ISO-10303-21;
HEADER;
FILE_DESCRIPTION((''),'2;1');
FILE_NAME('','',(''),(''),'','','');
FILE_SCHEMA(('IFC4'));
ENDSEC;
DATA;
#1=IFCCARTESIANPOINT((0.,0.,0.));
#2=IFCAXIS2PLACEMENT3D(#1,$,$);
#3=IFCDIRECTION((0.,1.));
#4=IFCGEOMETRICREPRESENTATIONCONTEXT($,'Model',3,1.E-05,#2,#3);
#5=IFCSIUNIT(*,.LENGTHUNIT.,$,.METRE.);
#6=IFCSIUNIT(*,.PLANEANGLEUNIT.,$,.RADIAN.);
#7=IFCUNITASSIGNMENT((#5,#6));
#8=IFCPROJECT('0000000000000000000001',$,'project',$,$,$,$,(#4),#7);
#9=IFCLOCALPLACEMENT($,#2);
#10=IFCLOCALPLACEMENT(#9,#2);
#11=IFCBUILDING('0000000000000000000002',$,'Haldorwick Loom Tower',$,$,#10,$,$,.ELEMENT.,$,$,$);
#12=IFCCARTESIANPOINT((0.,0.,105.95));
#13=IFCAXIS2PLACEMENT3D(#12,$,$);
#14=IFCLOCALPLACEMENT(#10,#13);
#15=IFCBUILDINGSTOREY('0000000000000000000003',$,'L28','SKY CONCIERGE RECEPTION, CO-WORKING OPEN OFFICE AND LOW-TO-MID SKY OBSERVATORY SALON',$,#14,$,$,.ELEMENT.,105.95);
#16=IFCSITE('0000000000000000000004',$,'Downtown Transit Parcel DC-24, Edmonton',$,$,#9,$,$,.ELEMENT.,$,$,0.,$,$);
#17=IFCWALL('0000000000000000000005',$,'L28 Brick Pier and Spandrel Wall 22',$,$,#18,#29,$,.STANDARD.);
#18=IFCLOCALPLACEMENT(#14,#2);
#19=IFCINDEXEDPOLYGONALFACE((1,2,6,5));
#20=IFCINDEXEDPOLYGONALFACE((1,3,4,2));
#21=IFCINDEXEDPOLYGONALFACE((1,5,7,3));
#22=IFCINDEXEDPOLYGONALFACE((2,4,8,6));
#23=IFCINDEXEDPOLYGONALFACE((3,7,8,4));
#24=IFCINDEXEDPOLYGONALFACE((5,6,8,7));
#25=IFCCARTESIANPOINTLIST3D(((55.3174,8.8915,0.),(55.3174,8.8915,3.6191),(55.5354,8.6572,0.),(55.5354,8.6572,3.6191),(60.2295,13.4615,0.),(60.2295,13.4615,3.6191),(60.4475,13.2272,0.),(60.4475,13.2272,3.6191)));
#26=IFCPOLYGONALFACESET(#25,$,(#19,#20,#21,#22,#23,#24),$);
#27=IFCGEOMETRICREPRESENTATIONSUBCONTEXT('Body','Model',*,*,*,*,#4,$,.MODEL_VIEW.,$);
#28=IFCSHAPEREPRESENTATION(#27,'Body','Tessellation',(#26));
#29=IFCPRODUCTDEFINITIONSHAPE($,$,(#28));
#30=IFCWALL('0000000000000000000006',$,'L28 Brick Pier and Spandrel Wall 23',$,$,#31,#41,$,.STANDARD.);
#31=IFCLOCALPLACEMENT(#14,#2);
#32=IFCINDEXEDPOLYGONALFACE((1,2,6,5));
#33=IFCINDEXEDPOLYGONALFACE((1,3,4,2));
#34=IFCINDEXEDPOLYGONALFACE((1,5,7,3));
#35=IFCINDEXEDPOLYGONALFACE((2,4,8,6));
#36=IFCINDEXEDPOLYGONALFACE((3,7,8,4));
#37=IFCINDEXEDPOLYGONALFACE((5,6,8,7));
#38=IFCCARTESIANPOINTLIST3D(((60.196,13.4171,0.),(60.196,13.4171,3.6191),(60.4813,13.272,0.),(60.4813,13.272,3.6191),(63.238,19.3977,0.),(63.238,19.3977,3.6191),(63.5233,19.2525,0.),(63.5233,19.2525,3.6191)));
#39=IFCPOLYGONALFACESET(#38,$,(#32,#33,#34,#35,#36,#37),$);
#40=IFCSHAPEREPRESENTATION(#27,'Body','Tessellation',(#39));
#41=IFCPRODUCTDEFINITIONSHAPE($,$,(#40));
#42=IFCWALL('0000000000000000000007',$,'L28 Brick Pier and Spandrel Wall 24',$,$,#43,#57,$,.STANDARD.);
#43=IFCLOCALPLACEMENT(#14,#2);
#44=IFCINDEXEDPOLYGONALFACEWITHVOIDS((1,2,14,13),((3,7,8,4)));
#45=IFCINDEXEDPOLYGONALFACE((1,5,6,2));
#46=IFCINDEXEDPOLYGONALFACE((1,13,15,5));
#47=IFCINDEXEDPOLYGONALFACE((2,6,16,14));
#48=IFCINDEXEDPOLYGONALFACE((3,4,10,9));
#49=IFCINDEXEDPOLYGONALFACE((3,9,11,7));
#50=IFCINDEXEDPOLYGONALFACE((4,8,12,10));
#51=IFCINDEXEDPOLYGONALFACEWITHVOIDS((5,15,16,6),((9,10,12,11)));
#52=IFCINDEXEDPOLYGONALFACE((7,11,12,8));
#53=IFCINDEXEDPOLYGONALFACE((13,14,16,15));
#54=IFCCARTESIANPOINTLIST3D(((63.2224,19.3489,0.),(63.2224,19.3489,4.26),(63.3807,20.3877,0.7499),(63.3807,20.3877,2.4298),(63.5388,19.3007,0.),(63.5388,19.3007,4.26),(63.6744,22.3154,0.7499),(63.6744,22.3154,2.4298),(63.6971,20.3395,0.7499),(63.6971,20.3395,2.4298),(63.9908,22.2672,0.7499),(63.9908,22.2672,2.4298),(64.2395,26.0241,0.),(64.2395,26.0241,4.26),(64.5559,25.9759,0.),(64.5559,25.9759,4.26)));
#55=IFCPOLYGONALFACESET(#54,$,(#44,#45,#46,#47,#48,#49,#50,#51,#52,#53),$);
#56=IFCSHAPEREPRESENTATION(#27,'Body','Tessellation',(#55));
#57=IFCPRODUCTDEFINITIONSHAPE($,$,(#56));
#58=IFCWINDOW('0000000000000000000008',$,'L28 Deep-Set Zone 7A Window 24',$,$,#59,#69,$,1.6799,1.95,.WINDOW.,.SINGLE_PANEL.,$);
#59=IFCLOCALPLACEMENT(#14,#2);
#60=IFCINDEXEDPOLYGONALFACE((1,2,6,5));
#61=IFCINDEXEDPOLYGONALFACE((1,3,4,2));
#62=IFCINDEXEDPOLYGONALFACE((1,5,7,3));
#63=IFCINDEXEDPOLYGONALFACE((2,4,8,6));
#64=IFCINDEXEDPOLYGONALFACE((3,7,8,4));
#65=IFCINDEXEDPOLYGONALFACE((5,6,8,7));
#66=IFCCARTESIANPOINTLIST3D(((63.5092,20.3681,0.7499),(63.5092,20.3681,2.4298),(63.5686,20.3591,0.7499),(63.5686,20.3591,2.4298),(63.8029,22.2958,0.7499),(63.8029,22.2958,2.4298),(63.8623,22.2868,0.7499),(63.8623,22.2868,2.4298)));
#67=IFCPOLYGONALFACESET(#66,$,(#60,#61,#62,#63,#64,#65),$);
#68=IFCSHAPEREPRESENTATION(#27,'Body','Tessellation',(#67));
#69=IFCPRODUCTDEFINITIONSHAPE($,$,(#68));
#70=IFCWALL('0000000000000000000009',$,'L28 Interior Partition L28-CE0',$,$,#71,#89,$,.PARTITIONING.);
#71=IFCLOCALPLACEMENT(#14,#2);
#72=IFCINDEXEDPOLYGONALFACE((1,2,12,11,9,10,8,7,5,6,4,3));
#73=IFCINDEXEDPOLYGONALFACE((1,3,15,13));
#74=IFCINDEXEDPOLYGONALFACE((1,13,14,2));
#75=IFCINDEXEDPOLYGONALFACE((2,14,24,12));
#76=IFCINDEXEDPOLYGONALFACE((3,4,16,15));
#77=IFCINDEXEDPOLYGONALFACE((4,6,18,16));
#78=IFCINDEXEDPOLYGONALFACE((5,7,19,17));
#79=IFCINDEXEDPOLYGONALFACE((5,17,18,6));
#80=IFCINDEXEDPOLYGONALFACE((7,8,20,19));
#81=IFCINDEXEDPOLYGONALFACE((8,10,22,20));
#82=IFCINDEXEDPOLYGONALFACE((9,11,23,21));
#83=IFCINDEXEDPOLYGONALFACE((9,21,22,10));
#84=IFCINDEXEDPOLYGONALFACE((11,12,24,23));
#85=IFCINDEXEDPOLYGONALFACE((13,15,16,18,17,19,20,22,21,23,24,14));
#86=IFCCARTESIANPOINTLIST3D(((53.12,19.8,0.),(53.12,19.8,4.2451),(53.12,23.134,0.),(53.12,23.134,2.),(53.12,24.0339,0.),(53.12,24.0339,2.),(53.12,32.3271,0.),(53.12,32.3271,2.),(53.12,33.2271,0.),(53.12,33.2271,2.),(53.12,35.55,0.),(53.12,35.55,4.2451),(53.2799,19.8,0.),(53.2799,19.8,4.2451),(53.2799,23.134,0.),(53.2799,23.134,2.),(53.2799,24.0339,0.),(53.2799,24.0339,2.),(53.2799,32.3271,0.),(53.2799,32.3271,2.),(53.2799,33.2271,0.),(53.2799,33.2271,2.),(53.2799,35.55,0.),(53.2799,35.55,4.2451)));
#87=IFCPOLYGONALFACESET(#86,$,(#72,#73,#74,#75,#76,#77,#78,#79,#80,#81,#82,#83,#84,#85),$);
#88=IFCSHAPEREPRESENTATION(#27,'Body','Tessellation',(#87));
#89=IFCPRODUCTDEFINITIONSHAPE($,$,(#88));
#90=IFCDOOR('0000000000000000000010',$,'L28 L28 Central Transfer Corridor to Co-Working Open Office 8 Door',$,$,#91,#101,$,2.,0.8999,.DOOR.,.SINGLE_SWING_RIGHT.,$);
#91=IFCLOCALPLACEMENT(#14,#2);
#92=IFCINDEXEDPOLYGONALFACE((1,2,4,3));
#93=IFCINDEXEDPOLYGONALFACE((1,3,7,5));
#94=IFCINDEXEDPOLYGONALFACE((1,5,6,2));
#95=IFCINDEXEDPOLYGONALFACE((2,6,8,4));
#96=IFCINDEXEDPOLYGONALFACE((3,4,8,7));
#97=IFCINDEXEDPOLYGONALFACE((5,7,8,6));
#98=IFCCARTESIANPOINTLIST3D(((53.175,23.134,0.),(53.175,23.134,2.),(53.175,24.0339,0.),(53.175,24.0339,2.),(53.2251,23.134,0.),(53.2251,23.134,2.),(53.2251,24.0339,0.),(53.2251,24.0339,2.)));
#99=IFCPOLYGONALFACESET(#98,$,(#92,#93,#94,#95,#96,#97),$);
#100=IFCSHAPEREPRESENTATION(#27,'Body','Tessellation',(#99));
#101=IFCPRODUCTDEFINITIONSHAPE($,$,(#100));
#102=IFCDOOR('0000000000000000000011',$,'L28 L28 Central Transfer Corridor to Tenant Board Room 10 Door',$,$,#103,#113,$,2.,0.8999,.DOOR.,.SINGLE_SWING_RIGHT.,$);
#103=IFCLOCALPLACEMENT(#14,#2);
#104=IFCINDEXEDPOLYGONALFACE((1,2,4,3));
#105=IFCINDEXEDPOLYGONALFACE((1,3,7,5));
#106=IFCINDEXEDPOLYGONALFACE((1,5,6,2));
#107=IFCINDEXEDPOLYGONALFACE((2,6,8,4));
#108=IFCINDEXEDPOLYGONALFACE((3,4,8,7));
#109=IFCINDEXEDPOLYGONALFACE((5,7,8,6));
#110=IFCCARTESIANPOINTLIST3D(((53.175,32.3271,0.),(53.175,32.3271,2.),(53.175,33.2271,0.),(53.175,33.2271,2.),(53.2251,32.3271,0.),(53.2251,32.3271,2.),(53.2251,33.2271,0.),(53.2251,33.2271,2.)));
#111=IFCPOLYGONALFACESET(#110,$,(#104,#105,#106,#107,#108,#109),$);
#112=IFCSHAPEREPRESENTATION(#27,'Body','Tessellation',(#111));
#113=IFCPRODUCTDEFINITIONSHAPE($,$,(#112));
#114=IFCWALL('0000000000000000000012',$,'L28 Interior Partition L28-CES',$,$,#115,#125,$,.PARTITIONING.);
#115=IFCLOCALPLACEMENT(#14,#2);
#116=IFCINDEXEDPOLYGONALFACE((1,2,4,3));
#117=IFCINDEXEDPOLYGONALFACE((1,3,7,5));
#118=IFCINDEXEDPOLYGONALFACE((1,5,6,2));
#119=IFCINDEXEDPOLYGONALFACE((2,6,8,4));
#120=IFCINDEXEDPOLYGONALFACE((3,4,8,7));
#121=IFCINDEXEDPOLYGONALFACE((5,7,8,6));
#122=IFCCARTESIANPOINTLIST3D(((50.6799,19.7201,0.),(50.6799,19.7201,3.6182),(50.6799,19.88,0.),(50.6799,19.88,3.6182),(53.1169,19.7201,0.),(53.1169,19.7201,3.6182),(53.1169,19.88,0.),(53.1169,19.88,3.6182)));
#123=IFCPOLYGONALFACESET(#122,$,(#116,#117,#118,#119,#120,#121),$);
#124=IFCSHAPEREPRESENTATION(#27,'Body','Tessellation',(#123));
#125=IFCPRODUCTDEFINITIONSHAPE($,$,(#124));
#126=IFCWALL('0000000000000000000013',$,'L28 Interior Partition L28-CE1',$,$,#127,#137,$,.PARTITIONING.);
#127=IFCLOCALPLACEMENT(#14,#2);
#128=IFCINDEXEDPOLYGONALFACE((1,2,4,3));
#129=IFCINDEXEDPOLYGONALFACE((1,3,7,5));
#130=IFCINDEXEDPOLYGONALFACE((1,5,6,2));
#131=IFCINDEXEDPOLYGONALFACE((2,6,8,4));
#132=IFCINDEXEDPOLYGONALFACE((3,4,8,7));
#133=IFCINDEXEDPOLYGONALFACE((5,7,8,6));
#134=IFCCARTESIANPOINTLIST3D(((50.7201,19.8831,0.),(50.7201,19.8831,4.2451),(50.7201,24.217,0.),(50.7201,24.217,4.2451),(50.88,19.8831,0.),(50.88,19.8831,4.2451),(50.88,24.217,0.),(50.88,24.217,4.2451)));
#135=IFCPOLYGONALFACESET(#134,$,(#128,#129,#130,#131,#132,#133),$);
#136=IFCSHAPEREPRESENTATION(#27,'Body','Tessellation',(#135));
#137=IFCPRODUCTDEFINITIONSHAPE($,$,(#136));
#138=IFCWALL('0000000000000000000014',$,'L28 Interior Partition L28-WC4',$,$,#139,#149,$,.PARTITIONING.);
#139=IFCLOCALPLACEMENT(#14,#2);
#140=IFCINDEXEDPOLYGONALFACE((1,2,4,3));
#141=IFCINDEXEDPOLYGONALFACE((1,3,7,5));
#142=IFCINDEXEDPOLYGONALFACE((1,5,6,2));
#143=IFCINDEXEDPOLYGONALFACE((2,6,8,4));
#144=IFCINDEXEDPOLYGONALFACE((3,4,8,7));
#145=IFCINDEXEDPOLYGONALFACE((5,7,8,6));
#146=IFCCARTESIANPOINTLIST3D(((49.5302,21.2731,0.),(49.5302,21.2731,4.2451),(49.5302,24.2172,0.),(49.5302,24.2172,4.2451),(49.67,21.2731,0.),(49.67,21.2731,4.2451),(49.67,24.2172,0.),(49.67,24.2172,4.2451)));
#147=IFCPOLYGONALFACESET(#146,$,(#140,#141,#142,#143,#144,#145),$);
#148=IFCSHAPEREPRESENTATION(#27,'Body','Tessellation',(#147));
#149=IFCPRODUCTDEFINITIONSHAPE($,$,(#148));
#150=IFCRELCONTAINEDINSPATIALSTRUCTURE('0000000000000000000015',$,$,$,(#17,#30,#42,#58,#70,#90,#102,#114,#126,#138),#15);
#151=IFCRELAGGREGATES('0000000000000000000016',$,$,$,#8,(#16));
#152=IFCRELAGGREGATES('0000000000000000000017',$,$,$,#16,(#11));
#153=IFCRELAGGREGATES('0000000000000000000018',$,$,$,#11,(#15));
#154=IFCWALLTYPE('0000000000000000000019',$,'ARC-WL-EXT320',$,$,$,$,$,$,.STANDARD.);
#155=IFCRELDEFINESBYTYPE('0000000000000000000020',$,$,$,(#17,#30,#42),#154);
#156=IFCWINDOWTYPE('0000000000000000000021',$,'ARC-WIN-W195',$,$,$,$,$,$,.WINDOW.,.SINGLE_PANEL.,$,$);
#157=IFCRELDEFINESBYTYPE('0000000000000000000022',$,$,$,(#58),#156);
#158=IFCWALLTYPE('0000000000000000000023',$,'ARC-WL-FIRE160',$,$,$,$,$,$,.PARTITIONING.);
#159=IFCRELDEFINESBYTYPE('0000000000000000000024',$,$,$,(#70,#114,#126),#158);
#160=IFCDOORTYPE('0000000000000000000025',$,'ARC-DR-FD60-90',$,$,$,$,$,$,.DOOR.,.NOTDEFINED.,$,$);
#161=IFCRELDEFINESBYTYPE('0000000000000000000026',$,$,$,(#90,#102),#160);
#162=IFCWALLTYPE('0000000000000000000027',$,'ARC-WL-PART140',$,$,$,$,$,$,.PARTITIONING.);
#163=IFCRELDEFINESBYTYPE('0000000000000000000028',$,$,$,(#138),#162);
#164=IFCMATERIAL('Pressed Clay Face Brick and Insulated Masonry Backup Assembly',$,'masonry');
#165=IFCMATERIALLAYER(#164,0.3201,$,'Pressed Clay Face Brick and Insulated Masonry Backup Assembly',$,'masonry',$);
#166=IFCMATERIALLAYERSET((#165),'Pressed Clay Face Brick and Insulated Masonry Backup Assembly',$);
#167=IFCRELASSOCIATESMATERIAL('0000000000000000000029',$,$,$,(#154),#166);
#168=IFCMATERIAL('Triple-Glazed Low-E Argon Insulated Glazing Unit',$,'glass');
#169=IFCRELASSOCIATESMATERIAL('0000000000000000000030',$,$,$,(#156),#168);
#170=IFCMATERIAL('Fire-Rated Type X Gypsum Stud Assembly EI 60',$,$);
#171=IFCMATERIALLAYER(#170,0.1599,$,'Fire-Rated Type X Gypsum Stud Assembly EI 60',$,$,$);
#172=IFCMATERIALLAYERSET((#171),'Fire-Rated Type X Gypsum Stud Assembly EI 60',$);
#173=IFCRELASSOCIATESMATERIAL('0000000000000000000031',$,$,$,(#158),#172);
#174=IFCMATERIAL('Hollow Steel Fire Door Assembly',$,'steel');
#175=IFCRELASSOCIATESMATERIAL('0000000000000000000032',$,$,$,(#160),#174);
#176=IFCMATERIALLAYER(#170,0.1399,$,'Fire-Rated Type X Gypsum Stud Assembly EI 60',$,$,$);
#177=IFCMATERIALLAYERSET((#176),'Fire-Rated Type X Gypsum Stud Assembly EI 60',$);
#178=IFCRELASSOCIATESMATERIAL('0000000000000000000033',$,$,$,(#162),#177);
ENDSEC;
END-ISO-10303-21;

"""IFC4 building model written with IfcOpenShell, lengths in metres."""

from ifc_helpers import new_model, si_unit, direction, frame, frame_2d, origin, place, context, subcontext, project, spatial, rectangle, extrude, material, layer, layer_set, type_object, element, fill, save


model = new_model("IFC4")

# Units and contexts
model_context = context("Model", 3, precision=1e-05, world=origin(), true_north=direction((0.0, 1.0)))
body_context = subcontext(model_context, "Body", "Model", "MODEL_VIEW")
ifc_project = project(units=[si_unit("LENGTHUNIT", "METRE"), si_unit("PLANEANGLEUNIT", "RADIAN")], contexts=[model_context])

# Site, building, storey
site_placement = place(None, origin())
site = spatial("IfcSite", under=ifc_project, at=site_placement, Name="Downtown Transit Parcel DC-24, Edmonton", CompositionType="ELEMENT", RefElevation=0.0)
building_placement = place(site_placement, origin())
building = spatial("IfcBuilding", under=site, at=building_placement, Name="Haldorwick Loom Tower", CompositionType="ELEMENT")
storey_placement = place(building_placement, frame((0.0, 0.0, 105.95)))
storey = spatial("IfcBuildingStorey", under=building, at=storey_placement, Name="L28", Description="SKY CONCIERGE RECEPTION, CO-WORKING OPEN OFFICE AND LOW-TO-MID SKY OBSERVATORY SALON", CompositionType="ELEMENT", Elevation=105.95)

# Walls
ifc_material_1 = material(Name="Pressed Clay Face Brick and Insulated Masonry Backup Assembly", Category="masonry")
ifc_layer_1 = layer(ifc_material_1, 0.3201, Name="Pressed Clay Face Brick and Insulated Masonry Backup Assembly", Category="masonry")
ifc_layer_set_1 = layer_set([ifc_layer_1], Name="Pressed Clay Face Brick and Insulated Masonry Backup Assembly")
wall_type_1 = type_object("IfcWallType", Name="ARC-WL-EXT320", PredefinedType="STANDARD", material=ifc_layer_set_1)
wall_1_placement = place(storey_placement, frame((55.4265, 8.7744, 0.0), z_axis=(0.0, 0.0, 1.0), x_axis=(0.732137, 0.681157, 0.0)))
element("IfcWall", 1, at=wall_1_placement, inside=storey, type_object=wall_type_1, Name="L28 Brick Pier and Spandrel Wall 22", PredefinedType="STANDARD", context=body_context, shape_type="SweptSolid", body=[
    extrude(rectangle(XDim=6.7092, YDim=0.3201, at=frame_2d((3.3545, 0.0))), origin(), (0.0, 0.0, 1.0), 3.6191),
])
wall_2_placement = place(storey_placement, frame((60.3386, 13.3445, 0.0), z_axis=(0.0, 0.0, 1.0), x_axis=(0.453374, 0.89132, 0.0)))
element("IfcWall", 2, at=wall_2_placement, inside=storey, type_object=wall_type_1, Name="L28 Brick Pier and Spandrel Wall 23", PredefinedType="STANDARD", context=body_context, shape_type="SweptSolid", body=[
    extrude(rectangle(XDim=6.7097, YDim=0.3201, at=frame_2d((3.355, 0.0))), origin(), (0.0, 0.0, 1.0), 3.6191),
])

# Wall, opening, window
wall_3_placement = place(storey_placement, frame((63.3806, 19.325, 0.0), z_axis=(0.0, 0.0, 1.0), x_axis=(0.150633, 0.98859, 0.0)))
wall_3 = element("IfcWall", 3, at=wall_3_placement, inside=storey, type_object=wall_type_1, Name="L28 Brick Pier and Spandrel Wall 24", PredefinedType="STANDARD", context=body_context, shape_type="SweptSolid", body=[
    extrude(rectangle(XDim=6.7522, YDim=0.3201, at=frame_2d((3.376, 0.0))), origin(), (0.0, 0.0, 1.0), 4.26),
])
opening_1_placement = place(wall_3_placement, frame((1.0505, 0.0, 0.75)))
opening_1 = element("IfcOpeningElement", 4, at=opening_1_placement, cuts=wall_3, PredefinedType="OPENING", context=body_context, shape_type="SweptSolid", body=[
    extrude(rectangle(XDim=1.95, YDim=1.6799, at=frame_2d((0.9751, 0.8398))), frame((0.0, 0.1699, 0.0), z_axis=(0.0, -1.0, 0.0), x_axis=(1.0, 0.0, 0.0)), (0.0, 0.0, 1.0), 0.3401),
])
ifc_material_2 = material(Name="Triple-Glazed Low-E Argon Insulated Glazing Unit", Category="glass")
window_type = type_object("IfcWindowType", Name="ARC-WIN-W195", PartitioningType="SINGLE_PANEL", PredefinedType="WINDOW", material=ifc_material_2)
window_placement = place(opening_1_placement, origin())
window = element("IfcWindow", 5, at=window_placement, inside=storey, type_object=window_type, Name="L28 Deep-Set Zone 7A Window 24", OverallHeight=1.6799, OverallWidth=1.95, PartitioningType="SINGLE_PANEL", PredefinedType="WINDOW", context=body_context, shape_type="SweptSolid", body=[
    extrude(rectangle(XDim=1.95, YDim=1.6799, at=frame_2d((0.9751, 0.8398))), frame((0.0, 0.03, 0.0), z_axis=(0.0, -1.0, 0.0), x_axis=(1.0, 0.0, 0.0)), (0.0, 0.0, 1.0), 0.0601),
])
fill(opening_1, window)

# Wall, openings, doors
ifc_material_3 = material(Name="Fire-Rated Type X Gypsum Stud Assembly EI 60")
ifc_layer_2 = layer(ifc_material_3, 0.1599, Name="Fire-Rated Type X Gypsum Stud Assembly EI 60")
ifc_layer_set_2 = layer_set([ifc_layer_2], Name="Fire-Rated Type X Gypsum Stud Assembly EI 60")
wall_type_2 = type_object("IfcWallType", Name="ARC-WL-FIRE160", PredefinedType="PARTITIONING", material=ifc_layer_set_2)
wall_4_placement = place(storey_placement, frame((53.2, 19.8, 0.0), z_axis=(0.0, 0.0, 1.0), x_axis=(0.0, 1.0, 0.0)))
wall_4 = element("IfcWall", 6, at=wall_4_placement, inside=storey, type_object=wall_type_2, Name="L28 Interior Partition L28-CE0", PredefinedType="PARTITIONING", context=body_context, shape_type="SweptSolid", body=[
    extrude(rectangle(XDim=15.75, YDim=0.1599, at=frame_2d((7.875, 0.0))), origin(), (0.0, 0.0, 1.0), 4.2451),
])
opening_2_placement = place(wall_4_placement, frame((3.334, 0.0, 0.0)))
opening_2 = element("IfcOpeningElement", 7, at=opening_2_placement, cuts=wall_4, PredefinedType="OPENING", context=body_context, shape_type="SweptSolid", body=[
    extrude(rectangle(XDim=0.8999, YDim=2.0, at=frame_2d((0.45, 1.0))), frame((0.0, 0.0898, 0.0), z_axis=(0.0, -1.0, 0.0), x_axis=(1.0, 0.0, 0.0)), (0.0, 0.0, 1.0), 0.1799),
])
opening_3_placement = place(wall_4_placement, frame((12.5271, 0.0, 0.0)))
opening_3 = element("IfcOpeningElement", 8, at=opening_3_placement, cuts=wall_4, PredefinedType="OPENING", context=body_context, shape_type="SweptSolid", body=[
    extrude(rectangle(XDim=0.8999, YDim=2.0, at=frame_2d((0.45, 1.0))), frame((0.0, 0.0898, 0.0), z_axis=(0.0, -1.0, 0.0), x_axis=(1.0, 0.0, 0.0)), (0.0, 0.0, 1.0), 0.1799),
])
ifc_material_4 = material(Name="Hollow Steel Fire Door Assembly", Category="steel")
door_type = type_object("IfcDoorType", Name="ARC-DR-FD60-90", OperationType="NOTDEFINED", PredefinedType="DOOR", material=ifc_material_4)
door_1_placement = place(opening_2_placement, origin())
door_1 = element("IfcDoor", 9, at=door_1_placement, inside=storey, type_object=door_type, Name="L28 L28 Central Transfer Corridor to Co-Working Open Office 8 Door", OperationType="SINGLE_SWING_RIGHT", OverallHeight=2.0, OverallWidth=0.8999, PredefinedType="DOOR", context=body_context, shape_type="SweptSolid", body=[
    extrude(rectangle(XDim=0.8999, YDim=2.0, at=frame_2d((0.45, 1.0))), frame((0.0, 0.0249, 0.0), z_axis=(0.0, -1.0, 0.0), x_axis=(1.0, 0.0, 0.0)), (0.0, 0.0, 1.0), 0.05),
])
fill(opening_2, door_1)
door_2_placement = place(opening_3_placement, origin())
door_2 = element("IfcDoor", 10, at=door_2_placement, inside=storey, type_object=door_type, Name="L28 L28 Central Transfer Corridor to Tenant Board Room 10 Door", OperationType="SINGLE_SWING_RIGHT", OverallHeight=2.0, OverallWidth=0.8999, PredefinedType="DOOR", context=body_context, shape_type="SweptSolid", body=[
    extrude(rectangle(XDim=0.8999, YDim=2.0, at=frame_2d((0.45, 1.0))), frame((0.0, 0.0249, 0.0), z_axis=(0.0, -1.0, 0.0), x_axis=(1.0, 0.0, 0.0)), (0.0, 0.0, 1.0), 0.05),
])
fill(opening_3, door_2)

# Walls
wall_5_placement = place(storey_placement, frame((50.6799, 19.8, 0.0), z_axis=(0.0, 0.0, 1.0), x_axis=(1.0, 0.0, 0.0)))
element("IfcWall", 11, at=wall_5_placement, inside=storey, type_object=wall_type_2, Name="L28 Interior Partition L28-CES", PredefinedType="PARTITIONING", context=body_context, shape_type="SweptSolid", body=[
    extrude(rectangle(XDim=2.437, YDim=0.1599, at=frame_2d((1.2185, 0.0))), origin(), (0.0, 0.0, 1.0), 3.6182),
])
wall_6_placement = place(storey_placement, frame((50.8, 19.8831, 0.0), z_axis=(0.0, 0.0, 1.0), x_axis=(0.0, 1.0, 0.0)))
element("IfcWall", 12, at=wall_6_placement, inside=storey, type_object=wall_type_2, Name="L28 Interior Partition L28-CE1", PredefinedType="PARTITIONING", context=body_context, shape_type="SweptSolid", body=[
    extrude(rectangle(XDim=4.334, YDim=0.1599, at=frame_2d((2.167, 0.0))), origin(), (0.0, 0.0, 1.0), 4.2451),
])
ifc_layer_3 = layer(ifc_material_3, 0.1399, Name="Fire-Rated Type X Gypsum Stud Assembly EI 60")
ifc_layer_set_3 = layer_set([ifc_layer_3], Name="Fire-Rated Type X Gypsum Stud Assembly EI 60")
wall_type_3 = type_object("IfcWallType", Name="ARC-WL-PART140", PredefinedType="PARTITIONING", material=ifc_layer_set_3)
wall_7_placement = place(storey_placement, frame((49.6001, 21.2729, 0.0), z_axis=(0.0, 0.0, 1.0), x_axis=(0.0, 1.0, 0.0)))
element("IfcWall", 13, at=wall_7_placement, inside=storey, type_object=wall_type_3, Name="L28 Interior Partition L28-WC4", PredefinedType="PARTITIONING", context=body_context, shape_type="SweptSolid", body=[
    extrude(rectangle(XDim=2.9441, YDim=0.1399, at=frame_2d((1.4722, 0.0))), origin(), (0.0, 0.0, 1.0), 4.2451),
])

save(model, "model.ifc")
